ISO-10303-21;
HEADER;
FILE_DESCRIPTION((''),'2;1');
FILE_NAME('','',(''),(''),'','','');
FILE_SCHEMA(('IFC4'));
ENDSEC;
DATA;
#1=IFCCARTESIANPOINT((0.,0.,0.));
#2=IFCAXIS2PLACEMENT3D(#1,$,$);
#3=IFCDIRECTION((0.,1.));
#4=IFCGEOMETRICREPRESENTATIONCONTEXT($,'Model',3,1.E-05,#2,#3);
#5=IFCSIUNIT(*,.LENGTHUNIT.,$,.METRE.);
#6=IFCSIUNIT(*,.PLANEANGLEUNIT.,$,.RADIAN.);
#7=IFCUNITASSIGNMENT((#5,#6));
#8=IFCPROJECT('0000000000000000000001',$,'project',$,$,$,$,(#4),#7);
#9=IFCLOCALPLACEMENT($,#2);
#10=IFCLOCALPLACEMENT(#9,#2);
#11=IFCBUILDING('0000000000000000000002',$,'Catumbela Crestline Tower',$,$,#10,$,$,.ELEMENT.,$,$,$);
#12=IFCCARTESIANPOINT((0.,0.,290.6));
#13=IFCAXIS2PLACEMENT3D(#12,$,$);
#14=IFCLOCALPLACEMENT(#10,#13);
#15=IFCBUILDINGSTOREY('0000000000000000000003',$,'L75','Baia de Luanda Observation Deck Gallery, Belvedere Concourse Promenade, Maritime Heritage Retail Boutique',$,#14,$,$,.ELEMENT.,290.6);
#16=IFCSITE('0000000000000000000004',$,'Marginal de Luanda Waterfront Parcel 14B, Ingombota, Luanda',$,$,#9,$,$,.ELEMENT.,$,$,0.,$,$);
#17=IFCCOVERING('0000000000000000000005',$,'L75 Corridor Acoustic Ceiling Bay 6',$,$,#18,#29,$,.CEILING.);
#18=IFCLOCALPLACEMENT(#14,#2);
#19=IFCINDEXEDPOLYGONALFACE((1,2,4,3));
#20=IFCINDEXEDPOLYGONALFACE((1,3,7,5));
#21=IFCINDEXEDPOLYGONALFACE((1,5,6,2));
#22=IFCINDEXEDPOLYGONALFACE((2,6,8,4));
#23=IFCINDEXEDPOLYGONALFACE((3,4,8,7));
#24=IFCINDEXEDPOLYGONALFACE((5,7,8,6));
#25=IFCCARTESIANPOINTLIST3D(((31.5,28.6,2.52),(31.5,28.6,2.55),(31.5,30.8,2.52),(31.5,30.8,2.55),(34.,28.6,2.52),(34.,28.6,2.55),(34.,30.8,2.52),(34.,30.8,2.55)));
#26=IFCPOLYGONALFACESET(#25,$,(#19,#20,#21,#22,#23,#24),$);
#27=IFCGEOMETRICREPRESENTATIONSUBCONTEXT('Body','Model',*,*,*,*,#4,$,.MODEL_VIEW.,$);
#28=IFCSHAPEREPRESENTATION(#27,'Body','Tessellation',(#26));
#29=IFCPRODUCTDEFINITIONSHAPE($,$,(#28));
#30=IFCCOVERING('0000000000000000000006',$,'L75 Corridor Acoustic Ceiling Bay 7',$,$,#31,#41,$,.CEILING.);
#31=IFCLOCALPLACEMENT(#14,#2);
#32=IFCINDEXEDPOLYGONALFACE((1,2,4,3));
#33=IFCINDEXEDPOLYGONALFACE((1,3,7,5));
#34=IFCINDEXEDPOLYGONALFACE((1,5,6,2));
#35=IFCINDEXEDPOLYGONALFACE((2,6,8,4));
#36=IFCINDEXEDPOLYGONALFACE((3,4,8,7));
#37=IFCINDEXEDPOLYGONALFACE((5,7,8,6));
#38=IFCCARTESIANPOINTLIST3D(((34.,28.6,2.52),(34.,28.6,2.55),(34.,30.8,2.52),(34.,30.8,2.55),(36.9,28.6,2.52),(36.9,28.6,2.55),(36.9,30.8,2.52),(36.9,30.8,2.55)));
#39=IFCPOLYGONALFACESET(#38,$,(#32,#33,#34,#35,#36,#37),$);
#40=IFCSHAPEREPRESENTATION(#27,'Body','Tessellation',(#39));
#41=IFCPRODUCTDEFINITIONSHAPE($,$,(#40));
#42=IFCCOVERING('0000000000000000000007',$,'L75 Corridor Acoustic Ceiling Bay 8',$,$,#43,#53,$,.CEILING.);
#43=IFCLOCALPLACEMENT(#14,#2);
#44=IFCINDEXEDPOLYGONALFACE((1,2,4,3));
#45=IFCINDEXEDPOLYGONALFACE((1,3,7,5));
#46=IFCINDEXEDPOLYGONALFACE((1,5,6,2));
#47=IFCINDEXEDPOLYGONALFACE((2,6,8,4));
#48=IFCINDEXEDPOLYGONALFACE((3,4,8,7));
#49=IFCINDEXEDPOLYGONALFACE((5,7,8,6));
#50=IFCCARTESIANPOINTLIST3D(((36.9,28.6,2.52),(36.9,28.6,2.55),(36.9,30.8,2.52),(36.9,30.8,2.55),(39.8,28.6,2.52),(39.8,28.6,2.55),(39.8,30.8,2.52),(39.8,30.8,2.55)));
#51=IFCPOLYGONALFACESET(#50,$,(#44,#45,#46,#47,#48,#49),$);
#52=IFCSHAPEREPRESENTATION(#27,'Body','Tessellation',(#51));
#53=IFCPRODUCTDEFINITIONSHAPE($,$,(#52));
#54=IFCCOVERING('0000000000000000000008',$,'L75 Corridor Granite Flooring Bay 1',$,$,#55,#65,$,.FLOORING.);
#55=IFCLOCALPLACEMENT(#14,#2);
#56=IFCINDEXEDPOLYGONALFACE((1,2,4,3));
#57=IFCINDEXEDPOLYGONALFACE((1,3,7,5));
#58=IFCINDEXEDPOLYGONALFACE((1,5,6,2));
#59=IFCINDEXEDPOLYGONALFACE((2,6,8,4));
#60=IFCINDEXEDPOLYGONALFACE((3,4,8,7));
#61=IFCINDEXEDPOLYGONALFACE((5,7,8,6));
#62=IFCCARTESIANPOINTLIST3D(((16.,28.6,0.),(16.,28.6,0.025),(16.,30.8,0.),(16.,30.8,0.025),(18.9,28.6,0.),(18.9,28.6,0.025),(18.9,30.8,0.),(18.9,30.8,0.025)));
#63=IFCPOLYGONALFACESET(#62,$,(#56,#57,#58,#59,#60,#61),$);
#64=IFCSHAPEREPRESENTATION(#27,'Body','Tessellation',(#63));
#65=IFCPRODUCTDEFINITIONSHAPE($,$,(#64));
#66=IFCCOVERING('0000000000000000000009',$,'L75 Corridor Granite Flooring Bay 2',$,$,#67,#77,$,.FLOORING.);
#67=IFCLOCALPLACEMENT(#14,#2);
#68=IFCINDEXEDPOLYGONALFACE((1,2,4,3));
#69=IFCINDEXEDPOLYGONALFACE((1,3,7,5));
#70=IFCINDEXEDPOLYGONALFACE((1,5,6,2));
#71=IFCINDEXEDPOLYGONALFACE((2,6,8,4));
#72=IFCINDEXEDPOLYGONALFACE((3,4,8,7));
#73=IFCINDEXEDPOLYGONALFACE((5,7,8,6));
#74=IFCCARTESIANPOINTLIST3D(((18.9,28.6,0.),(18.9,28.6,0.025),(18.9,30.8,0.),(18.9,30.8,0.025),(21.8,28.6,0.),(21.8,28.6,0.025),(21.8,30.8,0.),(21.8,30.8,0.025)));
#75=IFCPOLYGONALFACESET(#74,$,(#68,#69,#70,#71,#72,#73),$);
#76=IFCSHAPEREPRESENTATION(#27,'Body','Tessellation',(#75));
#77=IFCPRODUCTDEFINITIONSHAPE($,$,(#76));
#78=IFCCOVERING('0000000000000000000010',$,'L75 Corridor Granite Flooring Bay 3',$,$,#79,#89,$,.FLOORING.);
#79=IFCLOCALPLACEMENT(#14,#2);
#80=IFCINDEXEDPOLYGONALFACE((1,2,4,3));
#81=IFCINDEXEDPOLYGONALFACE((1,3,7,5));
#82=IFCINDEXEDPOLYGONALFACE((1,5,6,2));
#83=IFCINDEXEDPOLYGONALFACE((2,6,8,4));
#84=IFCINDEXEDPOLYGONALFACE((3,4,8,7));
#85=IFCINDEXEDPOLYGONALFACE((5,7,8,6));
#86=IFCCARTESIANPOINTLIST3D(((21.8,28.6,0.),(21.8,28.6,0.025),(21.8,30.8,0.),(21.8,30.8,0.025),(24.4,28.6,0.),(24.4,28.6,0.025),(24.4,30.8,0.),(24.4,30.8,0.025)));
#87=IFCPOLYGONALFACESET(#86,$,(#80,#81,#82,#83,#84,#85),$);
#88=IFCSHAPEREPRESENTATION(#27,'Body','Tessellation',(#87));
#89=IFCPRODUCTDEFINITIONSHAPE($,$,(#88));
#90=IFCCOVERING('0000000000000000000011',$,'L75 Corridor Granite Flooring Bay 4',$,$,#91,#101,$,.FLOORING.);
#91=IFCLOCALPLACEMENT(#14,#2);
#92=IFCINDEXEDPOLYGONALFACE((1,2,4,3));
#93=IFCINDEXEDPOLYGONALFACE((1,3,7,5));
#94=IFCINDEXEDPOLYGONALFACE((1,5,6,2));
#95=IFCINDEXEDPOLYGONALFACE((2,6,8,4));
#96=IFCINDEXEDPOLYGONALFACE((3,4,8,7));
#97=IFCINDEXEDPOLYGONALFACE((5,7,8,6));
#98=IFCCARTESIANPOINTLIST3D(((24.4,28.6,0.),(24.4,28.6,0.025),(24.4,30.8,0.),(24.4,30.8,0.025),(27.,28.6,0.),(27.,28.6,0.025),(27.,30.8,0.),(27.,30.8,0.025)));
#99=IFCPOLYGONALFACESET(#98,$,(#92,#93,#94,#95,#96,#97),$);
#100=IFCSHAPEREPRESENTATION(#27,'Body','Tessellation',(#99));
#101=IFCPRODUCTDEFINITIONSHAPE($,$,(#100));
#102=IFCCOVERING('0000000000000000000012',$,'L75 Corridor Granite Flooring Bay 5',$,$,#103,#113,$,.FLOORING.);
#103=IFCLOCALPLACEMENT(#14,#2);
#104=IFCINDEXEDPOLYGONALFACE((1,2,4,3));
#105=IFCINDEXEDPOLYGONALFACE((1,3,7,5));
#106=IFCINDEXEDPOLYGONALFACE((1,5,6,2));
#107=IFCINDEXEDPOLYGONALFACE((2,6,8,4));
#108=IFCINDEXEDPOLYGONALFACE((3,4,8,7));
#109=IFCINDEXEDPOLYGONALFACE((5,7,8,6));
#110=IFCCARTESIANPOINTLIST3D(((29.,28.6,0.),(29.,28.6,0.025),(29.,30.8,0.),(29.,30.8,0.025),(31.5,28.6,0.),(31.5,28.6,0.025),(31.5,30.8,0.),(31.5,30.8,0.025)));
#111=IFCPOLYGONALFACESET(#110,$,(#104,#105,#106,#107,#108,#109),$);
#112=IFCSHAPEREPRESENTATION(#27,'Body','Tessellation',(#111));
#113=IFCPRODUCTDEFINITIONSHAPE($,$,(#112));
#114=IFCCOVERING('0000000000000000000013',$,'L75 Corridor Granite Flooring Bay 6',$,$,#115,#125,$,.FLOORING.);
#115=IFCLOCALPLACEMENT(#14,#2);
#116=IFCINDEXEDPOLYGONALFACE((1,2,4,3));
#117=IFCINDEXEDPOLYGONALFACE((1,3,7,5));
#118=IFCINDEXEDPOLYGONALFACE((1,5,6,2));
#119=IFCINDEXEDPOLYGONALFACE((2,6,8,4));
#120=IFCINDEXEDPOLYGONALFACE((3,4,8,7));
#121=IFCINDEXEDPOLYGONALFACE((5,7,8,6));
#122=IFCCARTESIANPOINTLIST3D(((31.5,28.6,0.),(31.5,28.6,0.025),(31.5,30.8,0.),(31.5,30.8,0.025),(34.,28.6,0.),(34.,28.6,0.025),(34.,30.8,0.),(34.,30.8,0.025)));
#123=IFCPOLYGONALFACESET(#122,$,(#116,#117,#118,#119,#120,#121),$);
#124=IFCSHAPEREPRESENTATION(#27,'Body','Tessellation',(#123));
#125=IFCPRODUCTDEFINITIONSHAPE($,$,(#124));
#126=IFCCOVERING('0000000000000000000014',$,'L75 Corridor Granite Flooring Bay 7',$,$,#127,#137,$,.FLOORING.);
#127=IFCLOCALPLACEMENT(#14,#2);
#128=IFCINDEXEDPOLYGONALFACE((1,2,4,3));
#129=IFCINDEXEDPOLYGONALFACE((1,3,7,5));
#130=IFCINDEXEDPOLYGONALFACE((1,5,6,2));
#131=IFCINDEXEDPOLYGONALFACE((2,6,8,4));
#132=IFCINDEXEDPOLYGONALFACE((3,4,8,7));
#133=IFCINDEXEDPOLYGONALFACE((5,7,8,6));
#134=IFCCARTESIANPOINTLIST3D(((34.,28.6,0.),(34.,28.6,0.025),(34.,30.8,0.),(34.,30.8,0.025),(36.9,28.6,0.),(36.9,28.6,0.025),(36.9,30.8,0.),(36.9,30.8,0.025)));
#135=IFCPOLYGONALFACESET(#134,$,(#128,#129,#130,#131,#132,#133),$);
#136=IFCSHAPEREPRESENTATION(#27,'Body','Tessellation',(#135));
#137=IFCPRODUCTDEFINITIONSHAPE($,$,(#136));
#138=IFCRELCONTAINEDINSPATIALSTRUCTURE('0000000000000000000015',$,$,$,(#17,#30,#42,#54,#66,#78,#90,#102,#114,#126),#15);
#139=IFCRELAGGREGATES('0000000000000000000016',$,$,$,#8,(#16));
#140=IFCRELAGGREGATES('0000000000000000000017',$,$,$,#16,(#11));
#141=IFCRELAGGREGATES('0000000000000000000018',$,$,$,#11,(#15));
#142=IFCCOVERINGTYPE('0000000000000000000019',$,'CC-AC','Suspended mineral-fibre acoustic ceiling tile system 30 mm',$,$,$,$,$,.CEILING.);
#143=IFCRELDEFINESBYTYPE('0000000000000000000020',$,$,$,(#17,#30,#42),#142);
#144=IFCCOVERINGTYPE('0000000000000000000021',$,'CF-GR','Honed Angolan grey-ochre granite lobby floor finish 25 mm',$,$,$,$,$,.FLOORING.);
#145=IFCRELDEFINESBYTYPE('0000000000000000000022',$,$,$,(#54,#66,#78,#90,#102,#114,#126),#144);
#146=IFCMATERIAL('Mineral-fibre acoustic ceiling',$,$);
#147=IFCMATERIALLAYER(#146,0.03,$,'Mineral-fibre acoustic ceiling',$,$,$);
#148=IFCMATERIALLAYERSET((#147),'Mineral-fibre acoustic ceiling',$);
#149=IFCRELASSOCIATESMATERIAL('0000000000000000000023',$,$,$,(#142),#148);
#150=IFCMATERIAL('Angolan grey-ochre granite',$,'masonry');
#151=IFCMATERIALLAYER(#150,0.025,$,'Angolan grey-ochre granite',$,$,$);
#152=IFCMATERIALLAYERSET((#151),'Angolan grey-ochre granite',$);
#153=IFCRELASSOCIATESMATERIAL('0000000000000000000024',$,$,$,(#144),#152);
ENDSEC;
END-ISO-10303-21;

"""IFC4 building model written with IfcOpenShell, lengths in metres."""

from ifc_helpers import new_model, si_unit, direction, frame, origin, place, context, subcontext, project, spatial, polyline, outline, extrude, material, layer, layer_set, type_object, element, save


model = new_model("IFC4")

# Units and contexts
model_context = context("Model", 3, precision=1e-05, world=origin(), true_north=direction((0.0, 1.0)))
body_context = subcontext(model_context, "Body", "Model", "MODEL_VIEW")
ifc_project = project(units=[si_unit("LENGTHUNIT", "METRE"), si_unit("PLANEANGLEUNIT", "RADIAN")], contexts=[model_context])

# Site, building, storey
site_placement = place(None, origin())
site = spatial("IfcSite", under=ifc_project, at=site_placement, Name="Marginal de Luanda Waterfront Parcel 14B, Ingombota, Luanda", CompositionType="ELEMENT", RefElevation=0.0)
building_placement = place(site_placement, origin())
building = spatial("IfcBuilding", under=site, at=building_placement, Name="Catumbela Crestline Tower", CompositionType="ELEMENT")
storey_placement = place(building_placement, frame((0.0, 0.0, 290.6)))
storey = spatial("IfcBuildingStorey", under=building, at=storey_placement, Name="L75", Description="Baia de Luanda Observation Deck Gallery, Belvedere Concourse Promenade, Maritime Heritage Retail Boutique", CompositionType="ELEMENT", Elevation=290.6)

# Coverings
ifc_material_1 = material(Name="Mineral-fibre acoustic ceiling")
ifc_layer_1 = layer(ifc_material_1, 0.03, Name="Mineral-fibre acoustic ceiling")
ifc_layer_set_1 = layer_set([ifc_layer_1], Name="Mineral-fibre acoustic ceiling")
covering_type_1 = type_object("IfcCoveringType", Name="CC-AC", Description="Suspended mineral-fibre acoustic ceiling tile system 30 mm", PredefinedType="CEILING", material=ifc_layer_set_1)
covering_1_placement = place(storey_placement, frame((0.0, 0.0, 2.52)))
element("IfcCovering", 1, at=covering_1_placement, inside=storey, type_object=covering_type_1, Name="L75 Corridor Acoustic Ceiling Bay 6", PredefinedType="CEILING", context=body_context, shape_type="SweptSolid", body=[
    extrude(outline(polyline([(31.5, 28.6), (34.0, 28.6), (34.0, 30.8), (31.5, 30.8), (31.5, 28.6)])), origin(), (0.0, 0.0, 1.0), 0.03),
])
covering_2_placement = place(storey_placement, frame((0.0, 0.0, 2.52)))
element("IfcCovering", 2, at=covering_2_placement, inside=storey, type_object=covering_type_1, Name="L75 Corridor Acoustic Ceiling Bay 7", PredefinedType="CEILING", context=body_context, shape_type="SweptSolid", body=[
    extrude(outline(polyline([(34.0, 28.6), (36.9, 28.6), (36.9, 30.8), (34.0, 30.8), (34.0, 28.6)])), origin(), (0.0, 0.0, 1.0), 0.03),
])
covering_3_placement = place(storey_placement, frame((0.0, 0.0, 2.52)))
element("IfcCovering", 3, at=covering_3_placement, inside=storey, type_object=covering_type_1, Name="L75 Corridor Acoustic Ceiling Bay 8", PredefinedType="CEILING", context=body_context, shape_type="SweptSolid", body=[
    extrude(outline(polyline([(36.9, 28.6), (39.8, 28.6), (39.8, 30.8), (36.9, 30.8), (36.9, 28.6)])), origin(), (0.0, 0.0, 1.0), 0.03),
])
ifc_material_2 = material(Name="Angolan grey-ochre granite", Category="masonry")
ifc_layer_2 = layer(ifc_material_2, 0.025, Name="Angolan grey-ochre granite")
ifc_layer_set_2 = layer_set([ifc_layer_2], Name="Angolan grey-ochre granite")
covering_type_2 = type_object("IfcCoveringType", Name="CF-GR", Description="Honed Angolan grey-ochre granite lobby floor finish 25 mm", PredefinedType="FLOORING", material=ifc_layer_set_2)
covering_4_placement = place(storey_placement, origin())
element("IfcCovering", 4, at=covering_4_placement, inside=storey, type_object=covering_type_2, Name="L75 Corridor Granite Flooring Bay 1", PredefinedType="FLOORING", context=body_context, shape_type="SweptSolid", body=[
    extrude(outline(polyline([(16.0, 28.6), (18.9, 28.6), (18.9, 30.8), (16.0, 30.8), (16.0, 28.6)])), origin(), (0.0, 0.0, 1.0), 0.025),
])
covering_5_placement = place(storey_placement, origin())
element("IfcCovering", 5, at=covering_5_placement, inside=storey, type_object=covering_type_2, Name="L75 Corridor Granite Flooring Bay 2", PredefinedType="FLOORING", context=body_context, shape_type="SweptSolid", body=[
    extrude(outline(polyline([(18.9, 28.6), (21.8, 28.6), (21.8, 30.8), (18.9, 30.8), (18.9, 28.6)])), origin(), (0.0, 0.0, 1.0), 0.025),
])
covering_6_placement = place(storey_placement, origin())
element("IfcCovering", 6, at=covering_6_placement, inside=storey, type_object=covering_type_2, Name="L75 Corridor Granite Flooring Bay 3", PredefinedType="FLOORING", context=body_context, shape_type="SweptSolid", body=[
    extrude(outline(polyline([(21.8, 28.6), (24.4, 28.6), (24.4, 30.8), (21.8, 30.8), (21.8, 28.6)])), origin(), (0.0, 0.0, 1.0), 0.025),
])
covering_7_placement = place(storey_placement, origin())
element("IfcCovering", 7, at=covering_7_placement, inside=storey, type_object=covering_type_2, Name="L75 Corridor Granite Flooring Bay 4", PredefinedType="FLOORING", context=body_context, shape_type="SweptSolid", body=[
    extrude(outline(polyline([(24.4, 28.6), (27.0, 28.6), (27.0, 30.8), (24.4, 30.8), (24.4, 28.6)])), origin(), (0.0, 0.0, 1.0), 0.025),
])
covering_8_placement = place(storey_placement, origin())
element("IfcCovering", 8, at=covering_8_placement, inside=storey, type_object=covering_type_2, Name="L75 Corridor Granite Flooring Bay 5", PredefinedType="FLOORING", context=body_context, shape_type="SweptSolid", body=[
    extrude(outline(polyline([(29.0, 28.6), (31.5, 28.6), (31.5, 30.8), (29.0, 30.8), (29.0, 28.6)])), origin(), (0.0, 0.0, 1.0), 0.025),
])
covering_9_placement = place(storey_placement, origin())
element("IfcCovering", 9, at=covering_9_placement, inside=storey, type_object=covering_type_2, Name="L75 Corridor Granite Flooring Bay 6", PredefinedType="FLOORING", context=body_context, shape_type="SweptSolid", body=[
    extrude(outline(polyline([(31.5, 28.6), (34.0, 28.6), (34.0, 30.8), (31.5, 30.8), (31.5, 28.6)])), origin(), (0.0, 0.0, 1.0), 0.025),
])
covering_10_placement = place(storey_placement, origin())
element("IfcCovering", 10, at=covering_10_placement, inside=storey, type_object=covering_type_2, Name="L75 Corridor Granite Flooring Bay 7", PredefinedType="FLOORING", context=body_context, shape_type="SweptSolid", body=[
    extrude(outline(polyline([(34.0, 28.6), (36.9, 28.6), (36.9, 30.8), (34.0, 30.8), (34.0, 28.6)])), origin(), (0.0, 0.0, 1.0), 0.025),
])

save(model, "model.ifc")
